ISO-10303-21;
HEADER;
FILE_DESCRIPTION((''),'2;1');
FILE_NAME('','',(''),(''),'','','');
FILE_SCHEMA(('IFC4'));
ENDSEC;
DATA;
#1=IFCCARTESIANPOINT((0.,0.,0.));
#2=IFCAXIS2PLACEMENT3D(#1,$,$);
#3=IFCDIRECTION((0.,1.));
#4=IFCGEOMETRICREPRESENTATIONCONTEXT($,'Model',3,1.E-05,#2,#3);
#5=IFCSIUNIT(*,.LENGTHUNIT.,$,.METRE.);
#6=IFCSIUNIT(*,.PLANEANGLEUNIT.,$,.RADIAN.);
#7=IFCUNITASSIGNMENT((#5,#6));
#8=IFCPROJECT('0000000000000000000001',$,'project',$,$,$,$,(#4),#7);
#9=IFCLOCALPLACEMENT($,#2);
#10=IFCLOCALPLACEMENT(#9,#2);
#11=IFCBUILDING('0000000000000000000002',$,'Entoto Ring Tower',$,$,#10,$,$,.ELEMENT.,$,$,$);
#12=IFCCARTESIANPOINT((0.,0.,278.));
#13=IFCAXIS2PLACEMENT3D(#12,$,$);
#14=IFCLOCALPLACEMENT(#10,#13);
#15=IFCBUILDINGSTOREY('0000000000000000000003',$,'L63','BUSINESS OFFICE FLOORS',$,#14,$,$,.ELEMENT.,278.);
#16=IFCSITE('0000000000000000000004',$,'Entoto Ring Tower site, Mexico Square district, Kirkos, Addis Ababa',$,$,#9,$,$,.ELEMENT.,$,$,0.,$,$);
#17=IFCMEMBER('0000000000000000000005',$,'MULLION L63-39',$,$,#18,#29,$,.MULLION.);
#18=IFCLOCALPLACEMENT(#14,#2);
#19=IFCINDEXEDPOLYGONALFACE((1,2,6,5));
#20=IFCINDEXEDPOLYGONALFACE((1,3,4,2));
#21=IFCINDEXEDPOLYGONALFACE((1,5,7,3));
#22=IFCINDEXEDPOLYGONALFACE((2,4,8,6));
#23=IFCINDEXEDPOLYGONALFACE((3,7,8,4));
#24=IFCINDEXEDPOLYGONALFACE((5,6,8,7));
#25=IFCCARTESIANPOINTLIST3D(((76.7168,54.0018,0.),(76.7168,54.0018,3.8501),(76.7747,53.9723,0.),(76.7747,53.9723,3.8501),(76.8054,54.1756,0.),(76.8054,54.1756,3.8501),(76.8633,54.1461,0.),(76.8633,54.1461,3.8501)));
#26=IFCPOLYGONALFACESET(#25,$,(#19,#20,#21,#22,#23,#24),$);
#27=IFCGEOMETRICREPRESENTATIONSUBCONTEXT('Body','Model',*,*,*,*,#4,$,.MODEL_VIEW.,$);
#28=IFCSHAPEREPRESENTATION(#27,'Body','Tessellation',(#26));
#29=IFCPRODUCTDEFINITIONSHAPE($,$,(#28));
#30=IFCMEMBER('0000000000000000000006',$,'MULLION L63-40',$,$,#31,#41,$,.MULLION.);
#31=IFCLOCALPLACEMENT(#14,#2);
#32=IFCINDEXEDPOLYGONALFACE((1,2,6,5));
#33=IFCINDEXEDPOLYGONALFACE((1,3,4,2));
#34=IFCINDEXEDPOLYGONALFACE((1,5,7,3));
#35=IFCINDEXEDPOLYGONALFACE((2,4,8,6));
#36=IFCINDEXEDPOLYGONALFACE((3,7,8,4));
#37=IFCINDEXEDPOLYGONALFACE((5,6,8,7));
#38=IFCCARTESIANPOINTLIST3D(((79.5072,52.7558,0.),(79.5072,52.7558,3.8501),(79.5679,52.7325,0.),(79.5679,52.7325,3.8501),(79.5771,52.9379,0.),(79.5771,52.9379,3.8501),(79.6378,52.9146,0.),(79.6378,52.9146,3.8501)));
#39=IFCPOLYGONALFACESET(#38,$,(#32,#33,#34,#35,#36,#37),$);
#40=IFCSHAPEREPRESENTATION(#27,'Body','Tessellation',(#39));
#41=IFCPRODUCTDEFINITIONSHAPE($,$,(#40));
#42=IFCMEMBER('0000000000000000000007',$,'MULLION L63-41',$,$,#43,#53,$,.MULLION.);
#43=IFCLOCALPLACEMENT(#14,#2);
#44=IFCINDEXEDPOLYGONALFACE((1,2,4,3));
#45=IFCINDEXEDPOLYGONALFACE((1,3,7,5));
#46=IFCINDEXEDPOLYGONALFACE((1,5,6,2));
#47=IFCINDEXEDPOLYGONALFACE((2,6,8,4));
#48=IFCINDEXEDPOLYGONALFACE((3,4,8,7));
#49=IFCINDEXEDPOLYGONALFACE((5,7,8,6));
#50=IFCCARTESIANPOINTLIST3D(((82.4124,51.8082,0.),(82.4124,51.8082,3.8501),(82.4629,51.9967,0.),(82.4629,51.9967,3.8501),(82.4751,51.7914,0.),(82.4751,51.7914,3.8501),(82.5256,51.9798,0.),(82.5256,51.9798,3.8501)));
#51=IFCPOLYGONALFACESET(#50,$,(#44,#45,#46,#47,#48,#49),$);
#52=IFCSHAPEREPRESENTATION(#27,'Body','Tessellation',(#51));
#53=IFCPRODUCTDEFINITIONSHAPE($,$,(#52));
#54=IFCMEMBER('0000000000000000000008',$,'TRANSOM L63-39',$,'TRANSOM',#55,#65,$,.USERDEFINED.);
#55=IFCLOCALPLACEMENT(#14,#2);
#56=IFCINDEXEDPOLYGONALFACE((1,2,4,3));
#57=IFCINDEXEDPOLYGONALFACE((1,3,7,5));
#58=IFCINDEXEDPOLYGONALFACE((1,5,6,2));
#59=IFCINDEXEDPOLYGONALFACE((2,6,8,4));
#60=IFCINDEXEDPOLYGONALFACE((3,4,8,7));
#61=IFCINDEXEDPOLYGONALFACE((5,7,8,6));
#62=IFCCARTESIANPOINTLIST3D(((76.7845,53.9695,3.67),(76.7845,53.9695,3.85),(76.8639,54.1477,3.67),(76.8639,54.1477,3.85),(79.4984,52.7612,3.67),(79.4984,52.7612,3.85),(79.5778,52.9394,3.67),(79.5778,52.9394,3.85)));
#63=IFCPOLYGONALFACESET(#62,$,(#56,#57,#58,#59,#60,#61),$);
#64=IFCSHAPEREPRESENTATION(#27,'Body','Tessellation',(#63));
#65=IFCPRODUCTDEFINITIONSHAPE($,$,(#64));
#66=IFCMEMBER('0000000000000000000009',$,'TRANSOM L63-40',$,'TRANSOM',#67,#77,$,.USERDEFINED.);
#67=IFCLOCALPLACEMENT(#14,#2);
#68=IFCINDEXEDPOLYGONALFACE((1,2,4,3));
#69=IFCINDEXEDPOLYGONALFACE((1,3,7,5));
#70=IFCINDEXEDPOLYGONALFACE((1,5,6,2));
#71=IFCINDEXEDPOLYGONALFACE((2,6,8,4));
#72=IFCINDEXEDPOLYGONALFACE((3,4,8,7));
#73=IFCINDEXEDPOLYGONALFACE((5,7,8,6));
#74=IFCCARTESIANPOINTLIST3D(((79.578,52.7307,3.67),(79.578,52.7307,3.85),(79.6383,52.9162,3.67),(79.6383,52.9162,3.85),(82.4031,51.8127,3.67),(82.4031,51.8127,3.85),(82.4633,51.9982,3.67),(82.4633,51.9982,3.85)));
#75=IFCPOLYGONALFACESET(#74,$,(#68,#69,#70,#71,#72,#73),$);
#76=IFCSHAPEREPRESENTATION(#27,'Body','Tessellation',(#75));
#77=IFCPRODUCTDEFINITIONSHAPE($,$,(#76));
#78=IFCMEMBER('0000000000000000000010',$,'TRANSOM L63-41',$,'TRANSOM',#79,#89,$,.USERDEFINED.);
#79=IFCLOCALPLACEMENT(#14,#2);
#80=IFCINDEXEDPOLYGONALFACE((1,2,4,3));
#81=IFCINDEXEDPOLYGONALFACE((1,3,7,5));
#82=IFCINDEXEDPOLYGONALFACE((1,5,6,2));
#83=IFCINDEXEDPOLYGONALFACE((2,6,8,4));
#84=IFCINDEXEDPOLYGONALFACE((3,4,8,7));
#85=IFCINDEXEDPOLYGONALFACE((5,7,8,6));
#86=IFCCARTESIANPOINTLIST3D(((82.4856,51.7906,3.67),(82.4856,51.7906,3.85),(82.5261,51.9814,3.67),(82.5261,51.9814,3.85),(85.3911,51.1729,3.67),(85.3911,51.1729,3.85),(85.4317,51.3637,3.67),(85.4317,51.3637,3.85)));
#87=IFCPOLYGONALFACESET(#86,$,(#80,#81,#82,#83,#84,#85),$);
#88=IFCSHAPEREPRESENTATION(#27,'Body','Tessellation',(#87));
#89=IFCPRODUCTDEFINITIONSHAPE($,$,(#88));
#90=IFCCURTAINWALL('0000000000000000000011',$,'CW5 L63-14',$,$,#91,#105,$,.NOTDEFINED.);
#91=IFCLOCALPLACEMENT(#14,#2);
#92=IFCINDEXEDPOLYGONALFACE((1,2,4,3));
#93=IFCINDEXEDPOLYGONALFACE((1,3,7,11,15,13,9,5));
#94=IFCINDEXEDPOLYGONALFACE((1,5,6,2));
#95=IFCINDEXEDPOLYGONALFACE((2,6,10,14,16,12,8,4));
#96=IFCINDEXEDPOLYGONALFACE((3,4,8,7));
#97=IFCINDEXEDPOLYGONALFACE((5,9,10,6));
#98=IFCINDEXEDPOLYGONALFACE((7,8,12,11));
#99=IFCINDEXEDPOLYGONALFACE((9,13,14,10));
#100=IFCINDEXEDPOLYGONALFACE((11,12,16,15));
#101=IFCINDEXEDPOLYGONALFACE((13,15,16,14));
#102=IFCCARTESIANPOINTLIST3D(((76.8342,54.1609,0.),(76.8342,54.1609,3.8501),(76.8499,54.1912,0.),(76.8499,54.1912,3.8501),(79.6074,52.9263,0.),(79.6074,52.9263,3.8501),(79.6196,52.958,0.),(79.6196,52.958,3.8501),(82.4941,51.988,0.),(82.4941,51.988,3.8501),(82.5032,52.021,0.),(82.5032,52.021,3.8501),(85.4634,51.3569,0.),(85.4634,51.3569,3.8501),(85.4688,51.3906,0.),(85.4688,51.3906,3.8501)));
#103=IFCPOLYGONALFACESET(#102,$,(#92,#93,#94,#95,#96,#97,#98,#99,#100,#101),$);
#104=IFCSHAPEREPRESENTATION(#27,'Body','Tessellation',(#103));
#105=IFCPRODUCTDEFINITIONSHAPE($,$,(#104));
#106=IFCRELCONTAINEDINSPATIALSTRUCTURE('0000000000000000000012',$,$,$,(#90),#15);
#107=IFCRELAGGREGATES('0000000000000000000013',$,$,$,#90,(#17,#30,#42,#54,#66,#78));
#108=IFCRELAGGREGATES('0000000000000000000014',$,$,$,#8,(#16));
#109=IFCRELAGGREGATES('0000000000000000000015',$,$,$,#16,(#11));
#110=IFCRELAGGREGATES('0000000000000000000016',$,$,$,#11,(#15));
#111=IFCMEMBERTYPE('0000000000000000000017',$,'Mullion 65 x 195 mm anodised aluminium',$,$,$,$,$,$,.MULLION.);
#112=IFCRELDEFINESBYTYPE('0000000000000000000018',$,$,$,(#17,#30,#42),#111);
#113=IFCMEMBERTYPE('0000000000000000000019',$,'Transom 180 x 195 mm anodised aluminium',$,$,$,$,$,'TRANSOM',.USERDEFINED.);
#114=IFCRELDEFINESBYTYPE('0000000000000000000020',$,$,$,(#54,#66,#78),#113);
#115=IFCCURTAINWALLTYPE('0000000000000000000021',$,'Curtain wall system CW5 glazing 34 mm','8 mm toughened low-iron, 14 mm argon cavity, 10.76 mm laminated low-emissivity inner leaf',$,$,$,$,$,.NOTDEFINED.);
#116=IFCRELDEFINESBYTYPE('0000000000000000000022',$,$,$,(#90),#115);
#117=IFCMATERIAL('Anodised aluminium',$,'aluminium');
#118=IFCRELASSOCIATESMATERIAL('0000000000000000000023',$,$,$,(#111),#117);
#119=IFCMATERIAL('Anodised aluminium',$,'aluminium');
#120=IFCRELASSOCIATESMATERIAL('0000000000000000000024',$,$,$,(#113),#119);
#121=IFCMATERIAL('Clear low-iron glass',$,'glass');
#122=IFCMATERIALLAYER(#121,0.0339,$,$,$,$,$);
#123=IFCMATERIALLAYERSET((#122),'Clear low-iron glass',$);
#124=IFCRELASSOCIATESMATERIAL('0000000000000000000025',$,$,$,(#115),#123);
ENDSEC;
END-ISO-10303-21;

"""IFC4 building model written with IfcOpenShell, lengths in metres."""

from ifc_helpers import new_model, si_unit, direction, frame, origin, origin_2d, place, context, subcontext, project, spatial, polyline, rectangle, outline, extrude, material, layer, layer_set, material_profile, profile_set, type_object, element, aggregate, save


model = new_model("IFC4")

# Units and contexts
model_context = context("Model", 3, precision=1e-05, world=origin(), true_north=direction((0.0, 1.0)))
body_context = subcontext(model_context, "Body", "Model", "MODEL_VIEW")
ifc_project = project(units=[si_unit("LENGTHUNIT", "METRE"), si_unit("PLANEANGLEUNIT", "RADIAN")], contexts=[model_context])

# Members
ifc_material_1 = material(Name="Anodised aluminium", Category="aluminium")
ifc_material_profile_1 = material_profile(ifc_material_1, rectangle(XDim=0.0649, YDim=0.1951, at=origin_2d()), Name="Mullion 65 x 195 mm anodised aluminium")
ifc_profile_set_1 = profile_set([ifc_material_profile_1], Name="Anodised aluminium")
member_type_1 = type_object("IfcMemberType", Name="Mullion 65 x 195 mm anodised aluminium", PredefinedType="MULLION", material=ifc_profile_set_1)
site_placement = place(None, origin())
building_placement = place(site_placement, origin())
storey_placement = place(building_placement, frame((0.0, 0.0, 278.0)))
member_1_placement = place(storey_placement, frame((76.79, 54.074, 0.0), z_axis=(0.0, 0.0, 1.0), x_axis=(0.891007, -0.45399, 0.0)))
member_1 = element("IfcMember", 1, at=member_1_placement, type_object=member_type_1, Name="MULLION L63-39", PredefinedType="MULLION", context=body_context, shape_type="SweptSolid", body=[
    extrude(rectangle(XDim=0.0649, YDim=0.1951, at=origin_2d()), origin(), (0.0, 0.0, 1.0), 3.8501),
])
member_2_placement = place(storey_placement, frame((79.5725, 52.8352, 0.0), z_axis=(0.0, 0.0, 1.0), x_axis=(0.93358, -0.358368, 0.0)))
member_2 = element("IfcMember", 2, at=member_2_placement, type_object=member_type_1, Name="MULLION L63-40", PredefinedType="MULLION", context=body_context, shape_type="SweptSolid", body=[
    extrude(rectangle(XDim=0.0649, YDim=0.1951, at=origin_2d()), origin(), (0.0, 0.0, 1.0), 3.8501),
])
member_3_placement = place(storey_placement, frame((82.469, 51.894, 0.0), z_axis=(0.0, 0.0, 1.0), x_axis=(0.965926, -0.258819, 0.0)))
member_3 = element("IfcMember", 3, at=member_3_placement, type_object=member_type_1, Name="MULLION L63-41", PredefinedType="MULLION", context=body_context, shape_type="SweptSolid", body=[
    extrude(rectangle(XDim=0.0649, YDim=0.1951, at=origin_2d()), origin(), (0.0, 0.0, 1.0), 3.8501),
])
ifc_material_2 = material(Name="Anodised aluminium", Category="aluminium")
ifc_material_profile_2 = material_profile(ifc_material_2, rectangle(XDim=0.1951, YDim=0.1799, at=origin_2d()), Name="Transom 180 x 195 mm anodised aluminium")
ifc_profile_set_2 = profile_set([ifc_material_profile_2], Name="Anodised aluminium")
member_type_2 = type_object("IfcMemberType", Name="Transom 180 x 195 mm anodised aluminium", ElementType="TRANSOM", PredefinedType="USERDEFINED", material=ifc_profile_set_2)
member_4_placement = place(storey_placement, frame((76.8242, 54.0586, 3.76), z_axis=(0.91355, -0.406726, 0.0), x_axis=(0.406726, 0.91355, 0.0)))
member_4 = element("IfcMember", 4, at=member_4_placement, type_object=member_type_2, Name="TRANSOM L63-39", ObjectType="TRANSOM", PredefinedType="USERDEFINED", context=body_context, shape_type="SweptSolid", body=[
    extrude(rectangle(XDim=0.1951, YDim=0.1799, at=origin_2d()), origin(), (0.0, 0.0, 1.0), 2.9707),
])
member_5_placement = place(storey_placement, frame((79.6082, 52.8235, 3.76), z_axis=(0.951048, -0.309043, 0.0), x_axis=(0.309043, 0.951048, 0.0)))
member_5 = element("IfcMember", 5, at=member_5_placement, type_object=member_type_2, Name="TRANSOM L63-40", ObjectType="TRANSOM", PredefinedType="USERDEFINED", context=body_context, shape_type="SweptSolid", body=[
    extrude(rectangle(XDim=0.1951, YDim=0.1799, at=origin_2d()), origin(), (0.0, 0.0, 1.0), 2.9705),
])
member_6_placement = place(storey_placement, frame((82.5059, 51.886, 3.76), z_axis=(0.978142, -0.20794, 0.0), x_axis=(0.20794, 0.978142, 0.0)))
member_6 = element("IfcMember", 6, at=member_6_placement, type_object=member_type_2, Name="TRANSOM L63-41", ObjectType="TRANSOM", PredefinedType="USERDEFINED", context=body_context, shape_type="SweptSolid", body=[
    extrude(rectangle(XDim=0.1951, YDim=0.1799, at=origin_2d()), origin(), (0.0, 0.0, 1.0), 2.9705),
])

# Site, building, storey
site = spatial("IfcSite", under=ifc_project, at=site_placement, Name="Entoto Ring Tower site, Mexico Square district, Kirkos, Addis Ababa", CompositionType="ELEMENT", RefElevation=0.0)
building = spatial("IfcBuilding", under=site, at=building_placement, Name="Entoto Ring Tower", CompositionType="ELEMENT")
storey = spatial("IfcBuildingStorey", under=building, at=storey_placement, Name="L63", Description="BUSINESS OFFICE FLOORS", CompositionType="ELEMENT", Elevation=278.0)

# Curtain wall
ifc_material_3 = material(Name="Clear low-iron glass", Category="glass")
ifc_layer = layer(ifc_material_3, 0.0339)
ifc_layer_set = layer_set([ifc_layer], Name="Clear low-iron glass")
curtain_wall_type = type_object("IfcCurtainWallType", Name="Curtain wall system CW5 glazing 34 mm", Description="8 mm toughened low-iron, 14 mm argon cavity, 10.76 mm laminated low-emissivity inner leaf", PredefinedType="NOTDEFINED", material=ifc_layer_set)
curtain_wall_1_placement = place(storey_placement, origin())
curtain_wall_1 = element("IfcCurtainWall", 7, at=curtain_wall_1_placement, inside=storey, type_object=curtain_wall_type, Name="CW5 L63-14", PredefinedType="NOTDEFINED", context=body_context, shape_type="SweptSolid", body=[
    extrude(outline(polyline([(76.8342, 54.1609), (79.6074, 52.9263), (82.4941, 51.988), (85.4634, 51.3569), (85.4688, 51.3906), (82.5032, 52.021), (79.6196, 52.958), (76.8499, 54.1912), (76.8342, 54.1609)])), origin(), (0.0, 0.0, 1.0), 3.8501),
])
aggregate(curtain_wall_1, [member_1, member_2, member_3, member_4, member_5, member_6])

save(model, "model.ifc")
